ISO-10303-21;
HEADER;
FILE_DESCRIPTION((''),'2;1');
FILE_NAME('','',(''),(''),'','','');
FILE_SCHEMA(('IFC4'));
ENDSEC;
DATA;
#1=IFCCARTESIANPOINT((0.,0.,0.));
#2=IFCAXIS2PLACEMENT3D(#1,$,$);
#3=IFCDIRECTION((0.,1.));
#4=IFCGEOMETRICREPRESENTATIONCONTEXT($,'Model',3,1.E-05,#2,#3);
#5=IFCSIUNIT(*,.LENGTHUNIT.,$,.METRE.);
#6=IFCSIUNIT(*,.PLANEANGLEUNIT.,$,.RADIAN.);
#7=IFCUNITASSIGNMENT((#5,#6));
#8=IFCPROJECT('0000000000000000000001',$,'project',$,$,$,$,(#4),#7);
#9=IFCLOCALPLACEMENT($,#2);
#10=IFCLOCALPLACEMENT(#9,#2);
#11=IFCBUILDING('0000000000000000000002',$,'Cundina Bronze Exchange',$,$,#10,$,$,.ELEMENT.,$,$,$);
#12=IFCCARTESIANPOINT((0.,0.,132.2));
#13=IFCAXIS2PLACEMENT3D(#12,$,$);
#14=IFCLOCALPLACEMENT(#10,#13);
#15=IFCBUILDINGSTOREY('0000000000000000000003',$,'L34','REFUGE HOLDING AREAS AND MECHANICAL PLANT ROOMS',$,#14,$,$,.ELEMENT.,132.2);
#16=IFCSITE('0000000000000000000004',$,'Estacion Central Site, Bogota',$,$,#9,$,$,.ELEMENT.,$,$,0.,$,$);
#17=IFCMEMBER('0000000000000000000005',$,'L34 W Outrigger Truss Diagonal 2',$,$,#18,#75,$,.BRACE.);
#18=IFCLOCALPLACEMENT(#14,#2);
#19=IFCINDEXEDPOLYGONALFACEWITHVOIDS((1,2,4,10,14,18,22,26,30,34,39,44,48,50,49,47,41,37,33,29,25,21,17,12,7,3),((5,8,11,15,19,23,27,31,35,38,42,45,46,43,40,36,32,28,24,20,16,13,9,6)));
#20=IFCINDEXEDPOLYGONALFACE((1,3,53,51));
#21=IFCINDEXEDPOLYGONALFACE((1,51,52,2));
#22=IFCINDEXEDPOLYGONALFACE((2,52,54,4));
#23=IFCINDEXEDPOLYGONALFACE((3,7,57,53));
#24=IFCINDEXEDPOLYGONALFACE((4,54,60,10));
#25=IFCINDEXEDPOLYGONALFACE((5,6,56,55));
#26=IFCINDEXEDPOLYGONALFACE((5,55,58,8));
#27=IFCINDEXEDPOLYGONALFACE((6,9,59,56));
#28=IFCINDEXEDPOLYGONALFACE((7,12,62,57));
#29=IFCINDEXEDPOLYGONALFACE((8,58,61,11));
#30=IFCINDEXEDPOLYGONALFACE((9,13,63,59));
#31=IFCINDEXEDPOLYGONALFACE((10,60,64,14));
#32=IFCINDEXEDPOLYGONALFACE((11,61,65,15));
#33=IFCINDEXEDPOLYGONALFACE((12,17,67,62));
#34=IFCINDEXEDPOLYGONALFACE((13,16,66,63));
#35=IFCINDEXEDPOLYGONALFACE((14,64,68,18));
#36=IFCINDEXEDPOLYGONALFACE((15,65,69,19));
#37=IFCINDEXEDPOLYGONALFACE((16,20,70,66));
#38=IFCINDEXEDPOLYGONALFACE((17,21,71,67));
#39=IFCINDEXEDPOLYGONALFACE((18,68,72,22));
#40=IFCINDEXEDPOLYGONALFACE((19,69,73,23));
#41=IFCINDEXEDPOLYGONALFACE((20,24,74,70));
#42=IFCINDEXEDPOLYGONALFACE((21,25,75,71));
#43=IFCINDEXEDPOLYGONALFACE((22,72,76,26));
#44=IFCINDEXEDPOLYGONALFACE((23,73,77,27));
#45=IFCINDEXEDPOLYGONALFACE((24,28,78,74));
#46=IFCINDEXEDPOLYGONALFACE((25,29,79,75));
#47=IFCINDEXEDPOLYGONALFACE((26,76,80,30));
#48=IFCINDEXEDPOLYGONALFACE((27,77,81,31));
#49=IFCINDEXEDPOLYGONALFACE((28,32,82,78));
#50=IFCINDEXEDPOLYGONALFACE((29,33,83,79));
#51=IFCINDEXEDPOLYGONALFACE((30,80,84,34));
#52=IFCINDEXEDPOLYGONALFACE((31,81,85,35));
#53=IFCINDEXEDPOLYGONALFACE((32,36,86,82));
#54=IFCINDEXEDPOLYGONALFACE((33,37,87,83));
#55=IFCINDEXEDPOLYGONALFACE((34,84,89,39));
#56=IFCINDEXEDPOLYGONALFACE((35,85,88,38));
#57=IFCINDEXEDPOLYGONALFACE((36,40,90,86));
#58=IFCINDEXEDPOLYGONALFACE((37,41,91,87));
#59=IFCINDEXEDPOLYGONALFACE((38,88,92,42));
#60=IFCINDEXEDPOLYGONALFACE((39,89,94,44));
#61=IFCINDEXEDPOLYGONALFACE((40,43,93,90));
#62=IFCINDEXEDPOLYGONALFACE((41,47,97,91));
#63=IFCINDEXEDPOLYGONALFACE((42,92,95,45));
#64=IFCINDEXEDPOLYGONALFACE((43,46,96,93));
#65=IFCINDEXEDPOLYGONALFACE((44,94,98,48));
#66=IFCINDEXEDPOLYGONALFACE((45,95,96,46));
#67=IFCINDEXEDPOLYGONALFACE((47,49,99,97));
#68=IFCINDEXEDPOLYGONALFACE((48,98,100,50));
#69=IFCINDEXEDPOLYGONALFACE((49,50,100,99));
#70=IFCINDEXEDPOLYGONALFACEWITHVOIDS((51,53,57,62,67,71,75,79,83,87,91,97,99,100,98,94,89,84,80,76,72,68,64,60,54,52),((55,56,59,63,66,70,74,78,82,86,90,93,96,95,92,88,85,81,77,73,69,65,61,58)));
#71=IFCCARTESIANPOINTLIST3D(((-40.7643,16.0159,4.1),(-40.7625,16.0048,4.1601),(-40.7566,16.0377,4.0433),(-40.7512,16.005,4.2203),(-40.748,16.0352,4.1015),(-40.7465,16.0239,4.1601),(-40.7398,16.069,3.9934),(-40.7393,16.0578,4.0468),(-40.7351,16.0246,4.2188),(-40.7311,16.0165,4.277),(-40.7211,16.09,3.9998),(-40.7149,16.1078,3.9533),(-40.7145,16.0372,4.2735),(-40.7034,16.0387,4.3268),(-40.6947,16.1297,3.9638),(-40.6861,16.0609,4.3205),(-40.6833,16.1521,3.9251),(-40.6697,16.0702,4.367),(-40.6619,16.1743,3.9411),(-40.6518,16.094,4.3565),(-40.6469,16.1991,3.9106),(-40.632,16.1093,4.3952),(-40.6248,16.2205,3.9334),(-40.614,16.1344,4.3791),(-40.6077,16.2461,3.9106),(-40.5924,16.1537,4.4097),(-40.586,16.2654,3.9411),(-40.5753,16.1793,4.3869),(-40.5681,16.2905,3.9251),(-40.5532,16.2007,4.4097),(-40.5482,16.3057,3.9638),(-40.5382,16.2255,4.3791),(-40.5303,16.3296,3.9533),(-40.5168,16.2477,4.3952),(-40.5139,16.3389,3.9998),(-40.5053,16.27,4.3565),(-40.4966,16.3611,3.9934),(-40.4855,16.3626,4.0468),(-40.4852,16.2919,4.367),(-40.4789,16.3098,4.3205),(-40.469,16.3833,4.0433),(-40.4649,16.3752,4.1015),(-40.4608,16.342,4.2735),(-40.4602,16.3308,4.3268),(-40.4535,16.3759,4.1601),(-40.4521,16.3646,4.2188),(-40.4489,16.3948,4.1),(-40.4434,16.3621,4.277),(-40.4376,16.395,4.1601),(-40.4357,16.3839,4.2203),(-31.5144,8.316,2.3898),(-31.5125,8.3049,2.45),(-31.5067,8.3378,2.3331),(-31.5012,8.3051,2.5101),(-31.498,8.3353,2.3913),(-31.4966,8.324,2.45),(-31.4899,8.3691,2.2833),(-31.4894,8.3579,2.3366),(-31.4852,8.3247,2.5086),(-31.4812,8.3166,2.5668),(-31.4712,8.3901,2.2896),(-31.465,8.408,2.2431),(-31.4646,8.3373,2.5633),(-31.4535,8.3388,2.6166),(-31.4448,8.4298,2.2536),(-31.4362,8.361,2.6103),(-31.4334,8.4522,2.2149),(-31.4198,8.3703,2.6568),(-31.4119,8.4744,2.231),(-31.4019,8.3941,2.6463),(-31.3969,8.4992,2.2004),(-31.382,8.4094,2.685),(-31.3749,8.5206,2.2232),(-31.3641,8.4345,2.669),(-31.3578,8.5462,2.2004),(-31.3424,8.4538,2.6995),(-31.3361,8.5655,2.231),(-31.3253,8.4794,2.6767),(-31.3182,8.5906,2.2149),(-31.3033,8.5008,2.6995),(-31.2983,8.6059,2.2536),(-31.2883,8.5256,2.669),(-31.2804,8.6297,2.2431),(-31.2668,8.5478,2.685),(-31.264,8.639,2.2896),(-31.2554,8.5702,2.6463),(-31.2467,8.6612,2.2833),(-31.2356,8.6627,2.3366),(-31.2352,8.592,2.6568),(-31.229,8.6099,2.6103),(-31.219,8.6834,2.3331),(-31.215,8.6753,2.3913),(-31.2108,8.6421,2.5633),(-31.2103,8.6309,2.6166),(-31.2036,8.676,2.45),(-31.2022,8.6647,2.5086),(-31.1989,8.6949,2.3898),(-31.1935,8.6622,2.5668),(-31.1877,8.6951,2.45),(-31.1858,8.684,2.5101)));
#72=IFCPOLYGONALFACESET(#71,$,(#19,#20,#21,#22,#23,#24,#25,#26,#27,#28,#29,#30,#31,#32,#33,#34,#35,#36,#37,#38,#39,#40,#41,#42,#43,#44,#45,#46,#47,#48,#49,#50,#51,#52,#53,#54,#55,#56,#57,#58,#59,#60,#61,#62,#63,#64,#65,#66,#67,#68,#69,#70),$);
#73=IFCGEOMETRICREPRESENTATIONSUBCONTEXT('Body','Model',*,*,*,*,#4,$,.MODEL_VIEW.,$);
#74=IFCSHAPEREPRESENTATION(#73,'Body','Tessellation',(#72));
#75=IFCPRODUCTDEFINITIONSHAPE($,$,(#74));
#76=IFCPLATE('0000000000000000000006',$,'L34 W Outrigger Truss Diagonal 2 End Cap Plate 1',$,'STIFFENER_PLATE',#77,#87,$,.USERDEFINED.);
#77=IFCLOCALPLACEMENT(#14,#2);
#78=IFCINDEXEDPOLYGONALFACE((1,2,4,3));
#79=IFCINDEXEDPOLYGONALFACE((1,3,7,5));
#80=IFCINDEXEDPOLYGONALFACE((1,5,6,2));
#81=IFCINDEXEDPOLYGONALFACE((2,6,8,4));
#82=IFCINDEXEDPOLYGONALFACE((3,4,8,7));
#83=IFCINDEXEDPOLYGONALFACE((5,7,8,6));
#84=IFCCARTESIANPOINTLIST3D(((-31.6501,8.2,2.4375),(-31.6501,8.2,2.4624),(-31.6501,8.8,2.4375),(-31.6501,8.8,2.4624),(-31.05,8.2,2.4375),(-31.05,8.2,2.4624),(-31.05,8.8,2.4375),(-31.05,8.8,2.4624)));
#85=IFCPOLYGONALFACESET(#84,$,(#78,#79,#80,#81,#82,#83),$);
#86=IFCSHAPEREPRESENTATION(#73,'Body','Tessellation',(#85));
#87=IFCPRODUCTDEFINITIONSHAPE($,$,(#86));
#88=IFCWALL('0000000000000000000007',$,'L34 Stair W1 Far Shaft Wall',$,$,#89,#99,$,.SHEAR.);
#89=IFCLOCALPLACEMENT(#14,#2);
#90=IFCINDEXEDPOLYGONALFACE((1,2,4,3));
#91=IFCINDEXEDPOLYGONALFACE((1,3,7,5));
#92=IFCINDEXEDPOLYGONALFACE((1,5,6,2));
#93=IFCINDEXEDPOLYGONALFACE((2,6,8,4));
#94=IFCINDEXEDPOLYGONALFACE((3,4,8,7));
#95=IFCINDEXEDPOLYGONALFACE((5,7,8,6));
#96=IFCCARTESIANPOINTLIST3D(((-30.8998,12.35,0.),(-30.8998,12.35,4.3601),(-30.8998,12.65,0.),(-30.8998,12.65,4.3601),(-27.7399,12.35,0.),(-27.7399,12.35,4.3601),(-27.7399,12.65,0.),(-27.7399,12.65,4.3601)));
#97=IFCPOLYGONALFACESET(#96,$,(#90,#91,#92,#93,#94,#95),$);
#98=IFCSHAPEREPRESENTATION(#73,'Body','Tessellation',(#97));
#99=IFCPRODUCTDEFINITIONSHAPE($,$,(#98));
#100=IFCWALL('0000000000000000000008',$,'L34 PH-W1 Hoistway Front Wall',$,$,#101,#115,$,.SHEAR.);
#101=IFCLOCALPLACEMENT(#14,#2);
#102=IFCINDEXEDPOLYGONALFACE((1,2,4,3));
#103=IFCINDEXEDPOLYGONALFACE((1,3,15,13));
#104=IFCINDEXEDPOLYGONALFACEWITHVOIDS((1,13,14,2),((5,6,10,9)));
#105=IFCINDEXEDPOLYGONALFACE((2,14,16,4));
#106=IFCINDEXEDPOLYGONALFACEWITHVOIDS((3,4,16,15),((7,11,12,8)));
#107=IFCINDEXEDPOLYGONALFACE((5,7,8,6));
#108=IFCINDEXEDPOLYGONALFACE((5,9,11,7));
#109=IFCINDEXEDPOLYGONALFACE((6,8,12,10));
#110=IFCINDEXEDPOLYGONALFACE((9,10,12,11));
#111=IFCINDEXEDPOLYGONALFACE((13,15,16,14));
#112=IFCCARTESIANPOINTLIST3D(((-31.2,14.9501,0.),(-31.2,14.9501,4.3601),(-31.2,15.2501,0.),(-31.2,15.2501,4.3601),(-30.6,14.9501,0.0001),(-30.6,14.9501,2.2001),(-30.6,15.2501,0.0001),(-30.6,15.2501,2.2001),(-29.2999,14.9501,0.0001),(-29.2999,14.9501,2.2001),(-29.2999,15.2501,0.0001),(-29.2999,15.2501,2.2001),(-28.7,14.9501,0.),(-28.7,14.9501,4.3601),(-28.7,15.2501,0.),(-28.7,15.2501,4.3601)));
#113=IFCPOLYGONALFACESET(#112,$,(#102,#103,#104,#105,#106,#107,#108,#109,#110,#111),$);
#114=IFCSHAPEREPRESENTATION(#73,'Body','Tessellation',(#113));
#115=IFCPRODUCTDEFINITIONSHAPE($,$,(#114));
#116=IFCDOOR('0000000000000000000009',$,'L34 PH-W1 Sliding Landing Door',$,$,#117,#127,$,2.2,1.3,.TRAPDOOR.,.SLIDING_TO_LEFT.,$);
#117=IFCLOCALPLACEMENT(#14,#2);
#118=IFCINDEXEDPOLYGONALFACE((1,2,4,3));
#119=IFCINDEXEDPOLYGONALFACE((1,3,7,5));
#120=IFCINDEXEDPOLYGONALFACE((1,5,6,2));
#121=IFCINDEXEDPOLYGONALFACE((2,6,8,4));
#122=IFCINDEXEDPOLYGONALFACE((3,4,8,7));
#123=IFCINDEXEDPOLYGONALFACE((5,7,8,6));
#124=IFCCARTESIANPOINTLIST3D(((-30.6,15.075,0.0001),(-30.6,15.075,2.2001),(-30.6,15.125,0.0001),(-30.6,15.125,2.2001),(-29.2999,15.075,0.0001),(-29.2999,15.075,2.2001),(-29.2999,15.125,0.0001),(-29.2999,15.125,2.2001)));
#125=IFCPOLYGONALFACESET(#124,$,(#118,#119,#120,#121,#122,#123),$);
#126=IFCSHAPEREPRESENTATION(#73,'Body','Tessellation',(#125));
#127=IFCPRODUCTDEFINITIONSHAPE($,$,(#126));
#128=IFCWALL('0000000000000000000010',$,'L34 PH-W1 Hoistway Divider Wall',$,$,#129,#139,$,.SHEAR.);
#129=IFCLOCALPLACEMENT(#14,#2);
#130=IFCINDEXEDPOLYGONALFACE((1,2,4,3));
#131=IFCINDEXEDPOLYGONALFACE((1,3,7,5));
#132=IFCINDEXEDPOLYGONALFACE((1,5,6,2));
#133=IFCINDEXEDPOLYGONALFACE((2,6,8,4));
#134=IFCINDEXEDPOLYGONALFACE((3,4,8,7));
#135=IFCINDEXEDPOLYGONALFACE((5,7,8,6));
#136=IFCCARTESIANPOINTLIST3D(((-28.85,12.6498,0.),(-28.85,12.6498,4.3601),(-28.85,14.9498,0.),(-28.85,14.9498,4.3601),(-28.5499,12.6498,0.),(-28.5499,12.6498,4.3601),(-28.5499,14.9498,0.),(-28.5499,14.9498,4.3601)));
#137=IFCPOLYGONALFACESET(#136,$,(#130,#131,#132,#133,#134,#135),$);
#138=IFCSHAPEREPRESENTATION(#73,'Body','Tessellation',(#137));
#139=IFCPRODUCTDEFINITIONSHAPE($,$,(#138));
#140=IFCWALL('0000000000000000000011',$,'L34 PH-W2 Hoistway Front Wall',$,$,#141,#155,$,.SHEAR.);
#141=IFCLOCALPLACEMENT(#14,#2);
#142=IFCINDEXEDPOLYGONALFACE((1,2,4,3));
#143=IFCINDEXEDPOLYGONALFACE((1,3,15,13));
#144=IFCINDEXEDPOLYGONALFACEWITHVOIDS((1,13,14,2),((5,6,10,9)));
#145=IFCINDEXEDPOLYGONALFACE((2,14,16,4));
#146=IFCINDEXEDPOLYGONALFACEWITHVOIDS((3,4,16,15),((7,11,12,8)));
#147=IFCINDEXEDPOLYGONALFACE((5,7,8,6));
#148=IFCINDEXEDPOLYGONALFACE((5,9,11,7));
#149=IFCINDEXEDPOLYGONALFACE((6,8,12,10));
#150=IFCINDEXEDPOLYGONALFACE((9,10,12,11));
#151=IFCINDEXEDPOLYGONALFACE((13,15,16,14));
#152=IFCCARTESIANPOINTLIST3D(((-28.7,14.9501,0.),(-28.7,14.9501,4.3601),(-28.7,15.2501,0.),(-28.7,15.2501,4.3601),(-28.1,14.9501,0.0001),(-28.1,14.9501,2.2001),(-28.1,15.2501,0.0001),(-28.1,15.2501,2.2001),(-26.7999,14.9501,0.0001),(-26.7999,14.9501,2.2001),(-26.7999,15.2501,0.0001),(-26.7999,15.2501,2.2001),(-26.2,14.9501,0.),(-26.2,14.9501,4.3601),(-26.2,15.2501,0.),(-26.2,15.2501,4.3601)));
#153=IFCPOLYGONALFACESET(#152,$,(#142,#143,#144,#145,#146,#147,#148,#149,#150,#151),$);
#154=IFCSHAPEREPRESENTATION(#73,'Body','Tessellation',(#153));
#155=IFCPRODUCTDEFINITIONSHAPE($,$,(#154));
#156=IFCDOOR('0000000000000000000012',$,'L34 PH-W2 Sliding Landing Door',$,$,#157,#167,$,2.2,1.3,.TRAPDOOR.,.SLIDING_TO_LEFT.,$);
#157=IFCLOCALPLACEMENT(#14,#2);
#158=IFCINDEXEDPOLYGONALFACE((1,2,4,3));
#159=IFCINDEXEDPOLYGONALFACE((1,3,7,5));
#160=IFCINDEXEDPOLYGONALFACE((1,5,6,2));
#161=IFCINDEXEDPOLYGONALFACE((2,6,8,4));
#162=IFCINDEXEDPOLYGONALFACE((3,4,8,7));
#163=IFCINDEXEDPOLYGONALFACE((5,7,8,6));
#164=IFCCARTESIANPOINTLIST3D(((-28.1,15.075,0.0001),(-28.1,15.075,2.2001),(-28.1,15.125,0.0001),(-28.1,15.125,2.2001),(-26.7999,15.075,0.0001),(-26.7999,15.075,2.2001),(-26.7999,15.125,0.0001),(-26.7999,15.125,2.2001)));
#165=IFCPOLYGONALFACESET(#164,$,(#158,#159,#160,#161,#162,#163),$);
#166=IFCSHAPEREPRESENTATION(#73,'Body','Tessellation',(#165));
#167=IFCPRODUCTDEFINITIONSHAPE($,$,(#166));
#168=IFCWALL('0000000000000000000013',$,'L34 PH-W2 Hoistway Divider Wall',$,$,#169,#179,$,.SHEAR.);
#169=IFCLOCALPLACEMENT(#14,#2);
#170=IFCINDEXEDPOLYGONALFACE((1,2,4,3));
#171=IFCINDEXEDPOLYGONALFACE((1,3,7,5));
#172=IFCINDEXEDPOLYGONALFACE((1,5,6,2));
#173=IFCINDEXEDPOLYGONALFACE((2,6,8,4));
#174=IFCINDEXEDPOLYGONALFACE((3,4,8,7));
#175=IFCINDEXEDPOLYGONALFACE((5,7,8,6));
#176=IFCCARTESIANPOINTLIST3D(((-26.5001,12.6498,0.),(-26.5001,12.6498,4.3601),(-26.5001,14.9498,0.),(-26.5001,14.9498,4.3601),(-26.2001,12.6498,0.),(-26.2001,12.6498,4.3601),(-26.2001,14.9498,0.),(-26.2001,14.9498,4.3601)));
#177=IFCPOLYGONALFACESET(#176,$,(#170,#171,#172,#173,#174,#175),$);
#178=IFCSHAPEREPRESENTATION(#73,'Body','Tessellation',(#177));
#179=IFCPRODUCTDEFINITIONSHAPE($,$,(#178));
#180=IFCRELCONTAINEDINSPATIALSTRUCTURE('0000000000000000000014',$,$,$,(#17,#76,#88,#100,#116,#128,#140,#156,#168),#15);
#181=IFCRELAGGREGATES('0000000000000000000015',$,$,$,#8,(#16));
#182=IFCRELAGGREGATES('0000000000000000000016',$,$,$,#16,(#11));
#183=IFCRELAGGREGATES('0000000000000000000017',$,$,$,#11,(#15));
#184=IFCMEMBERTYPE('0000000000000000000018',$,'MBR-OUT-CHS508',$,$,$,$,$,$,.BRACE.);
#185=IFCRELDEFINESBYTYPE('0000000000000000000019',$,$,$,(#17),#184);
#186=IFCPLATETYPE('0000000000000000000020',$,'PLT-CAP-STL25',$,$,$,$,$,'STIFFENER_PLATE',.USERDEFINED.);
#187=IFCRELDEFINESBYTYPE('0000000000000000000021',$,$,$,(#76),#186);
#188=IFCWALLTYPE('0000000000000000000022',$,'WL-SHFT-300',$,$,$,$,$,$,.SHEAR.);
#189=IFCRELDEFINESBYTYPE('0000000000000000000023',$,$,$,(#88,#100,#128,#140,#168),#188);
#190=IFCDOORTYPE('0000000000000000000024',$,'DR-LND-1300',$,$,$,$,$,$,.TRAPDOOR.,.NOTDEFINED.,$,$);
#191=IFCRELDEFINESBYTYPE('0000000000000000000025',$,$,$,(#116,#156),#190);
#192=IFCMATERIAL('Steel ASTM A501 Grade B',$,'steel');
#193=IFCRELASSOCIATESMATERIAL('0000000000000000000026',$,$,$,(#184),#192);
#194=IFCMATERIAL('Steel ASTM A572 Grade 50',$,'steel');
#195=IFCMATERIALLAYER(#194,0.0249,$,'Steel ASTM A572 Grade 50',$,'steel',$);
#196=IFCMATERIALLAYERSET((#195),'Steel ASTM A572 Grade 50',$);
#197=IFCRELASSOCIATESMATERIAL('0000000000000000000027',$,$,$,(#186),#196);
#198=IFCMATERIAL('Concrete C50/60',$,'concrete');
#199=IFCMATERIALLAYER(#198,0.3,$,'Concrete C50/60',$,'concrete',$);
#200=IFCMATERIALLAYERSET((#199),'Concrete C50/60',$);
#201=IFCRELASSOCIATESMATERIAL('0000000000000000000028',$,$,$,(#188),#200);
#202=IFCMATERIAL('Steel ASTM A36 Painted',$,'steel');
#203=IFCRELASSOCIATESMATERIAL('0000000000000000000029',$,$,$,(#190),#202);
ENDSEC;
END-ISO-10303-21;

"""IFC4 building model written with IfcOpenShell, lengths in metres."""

from ifc_helpers import new_model, si_unit, direction, frame, frame_2d, origin, origin_2d, place, context, subcontext, project, spatial, rectangle, hollow_circle, extrude, material, layer, layer_set, material_profile, profile_set, type_object, element, fill, save


model = new_model("IFC4")

# Units and contexts
model_context = context("Model", 3, precision=1e-05, world=origin(), true_north=direction((0.0, 1.0)))
body_context = subcontext(model_context, "Body", "Model", "MODEL_VIEW")
ifc_project = project(units=[si_unit("LENGTHUNIT", "METRE"), si_unit("PLANEANGLEUNIT", "RADIAN")], contexts=[model_context])

# Site, building, storey
site_placement = place(None, origin())
site = spatial("IfcSite", under=ifc_project, at=site_placement, Name="Estacion Central Site, Bogota", CompositionType="ELEMENT", RefElevation=0.0)
building_placement = place(site_placement, origin())
building = spatial("IfcBuilding", under=site, at=building_placement, Name="Cundina Bronze Exchange", CompositionType="ELEMENT")
storey_placement = place(building_placement, frame((0.0, 0.0, 132.2)))
storey = spatial("IfcBuildingStorey", under=building, at=storey_placement, Name="L34", Description="REFUGE HOLDING AREAS AND MECHANICAL PLANT ROOMS", CompositionType="ELEMENT", Elevation=132.2)

# Member
ifc_material_1 = material(Name="Steel ASTM A501 Grade B", Category="steel")
ifc_material_profile_1 = material_profile(ifc_material_1, hollow_circle(Radius=0.2539, WallThickness=0.0249, at=origin_2d()), Name="CHS508X25", Category="steel")
ifc_profile_set_1 = profile_set([ifc_material_profile_1], Name="Steel ASTM A501 Grade B")
member_type_1 = type_object("IfcMemberType", Name="MBR-OUT-CHS508", PredefinedType="BRACE", material=ifc_profile_set_1)
member_1_placement = place(storey_placement, frame((-31.3501, 8.5, 2.45), z_axis=(-0.76092, 0.63341, 0.140684), x_axis=(-0.639773, -0.768564, 0.0)))
element("IfcMember", 1, at=member_1_placement, inside=storey, type_object=member_type_1, Name="L34 W Outrigger Truss Diagonal 2", PredefinedType="BRACE", context=body_context, shape_type="SweptSolid", body=[
    extrude(hollow_circle(Radius=0.2539, WallThickness=0.0249, at=origin_2d()), origin(), (0.0, 0.0, 1.0), 12.1562),
])

# Plate
ifc_material_2 = material(Name="Steel ASTM A572 Grade 50", Category="steel")
ifc_layer_1 = layer(ifc_material_2, 0.0249, Name="Steel ASTM A572 Grade 50", Category="steel")
ifc_layer_set_1 = layer_set([ifc_layer_1], Name="Steel ASTM A572 Grade 50")
plate_type = type_object("IfcPlateType", Name="PLT-CAP-STL25", ElementType="STIFFENER_PLATE", PredefinedType="USERDEFINED", material=ifc_layer_set_1)
plate_placement = place(storey_placement, frame((-31.3501, 8.5, 2.4375), z_axis=(0.0, 0.0, 1.0), x_axis=(1.0, 0.0, 0.0)))
element("IfcPlate", 2, at=plate_placement, inside=storey, type_object=plate_type, Name="L34 W Outrigger Truss Diagonal 2 End Cap Plate 1", ObjectType="STIFFENER_PLATE", PredefinedType="USERDEFINED", context=body_context, shape_type="SweptSolid", body=[
    extrude(rectangle(XDim=0.6001, YDim=0.6001, at=origin_2d()), origin(), (0.0, 0.0, 1.0), 0.0249),
])

# Wall
ifc_material_3 = material(Name="Concrete C50/60", Category="concrete")
ifc_layer_2 = layer(ifc_material_3, 0.3, Name="Concrete C50/60", Category="concrete")
ifc_layer_set_2 = layer_set([ifc_layer_2], Name="Concrete C50/60")
wall_type = type_object("IfcWallType", Name="WL-SHFT-300", PredefinedType="SHEAR", material=ifc_layer_set_2)
wall_1_placement = place(storey_placement, frame((-30.8999, 12.5, 0.0), z_axis=(0.0, 0.0, 1.0), x_axis=(1.0, 0.0, 0.0)))
element("IfcWall", 3, at=wall_1_placement, inside=storey, type_object=wall_type, Name="L34 Stair W1 Far Shaft Wall", PredefinedType="SHEAR", context=body_context, shape_type="SweptSolid", body=[
    extrude(rectangle(XDim=3.1599, YDim=0.3, at=frame_2d((1.5801, 0.0))), origin(), (0.0, 0.0, 1.0), 4.3601),
])

# Wall, opening, door
ifc_material_4 = material(Name="Steel ASTM A36 Painted", Category="steel")
wall_2_placement = place(storey_placement, frame((-31.2, 15.1001, 0.0), z_axis=(0.0, 0.0, 1.0), x_axis=(1.0, 0.0, 0.0)))
wall_2 = element("IfcWall", 4, at=wall_2_placement, inside=storey, type_object=wall_type, Name="L34 PH-W1 Hoistway Front Wall", PredefinedType="SHEAR", context=body_context, shape_type="SweptSolid", body=[
    extrude(rectangle(XDim=2.5, YDim=0.3, at=frame_2d((1.25, 0.0))), origin(), (0.0, 0.0, 1.0), 4.3601),
])
opening_1_placement = place(wall_2_placement, frame((0.6001, 0.0, 0.0)))
opening_1 = element("IfcOpeningElement", 5, at=opening_1_placement, cuts=wall_2, PredefinedType="OPENING", context=body_context, shape_type="SweptSolid", body=[
    extrude(rectangle(XDim=1.3, YDim=2.2, at=frame_2d((0.6499, 1.1001))), frame((0.0, 0.1599, 0.0), z_axis=(0.0, -1.0, 0.0), x_axis=(1.0, 0.0, 0.0)), (0.0, 0.0, 1.0), 0.3201),
])
door_type_1 = type_object("IfcDoorType", Name="DR-LND-1300", OperationType="NOTDEFINED", PredefinedType="TRAPDOOR", material=ifc_material_4)
door_1_placement = place(opening_1_placement, origin())
door_1 = element("IfcDoor", 6, at=door_1_placement, inside=storey, type_object=door_type_1, Name="L34 PH-W1 Sliding Landing Door", OperationType="SLIDING_TO_LEFT", OverallHeight=2.2, OverallWidth=1.3, PredefinedType="TRAPDOOR", context=body_context, shape_type="SweptSolid", body=[
    extrude(rectangle(XDim=1.3, YDim=2.2, at=frame_2d((0.6499, 1.1001))), frame((0.0, 0.0249, 0.0), z_axis=(0.0, -1.0, 0.0), x_axis=(1.0, 0.0, 0.0)), (0.0, 0.0, 1.0), 0.05),
])
fill(opening_1, door_1)

# Wall
wall_3_placement = place(storey_placement, frame((-28.7, 12.6499, 0.0), z_axis=(0.0, 0.0, 1.0), x_axis=(0.0, 1.0, 0.0)))
element("IfcWall", 7, at=wall_3_placement, inside=storey, type_object=wall_type, Name="L34 PH-W1 Hoistway Divider Wall", PredefinedType="SHEAR", context=body_context, shape_type="SweptSolid", body=[
    extrude(rectangle(XDim=2.3, YDim=0.3, at=frame_2d((1.1499, 0.0))), origin(), (0.0, 0.0, 1.0), 4.3601),
])

# Wall, opening, door
wall_4_placement = place(storey_placement, frame((-28.7, 15.1001, 0.0), z_axis=(0.0, 0.0, 1.0), x_axis=(1.0, 0.0, 0.0)))
wall_4 = element("IfcWall", 8, at=wall_4_placement, inside=storey, type_object=wall_type, Name="L34 PH-W2 Hoistway Front Wall", PredefinedType="SHEAR", context=body_context, shape_type="SweptSolid", body=[
    extrude(rectangle(XDim=2.5, YDim=0.3, at=frame_2d((1.25, 0.0))), origin(), (0.0, 0.0, 1.0), 4.3601),
])
opening_2_placement = place(wall_4_placement, frame((0.6001, 0.0, 0.0)))
opening_2 = element("IfcOpeningElement", 9, at=opening_2_placement, cuts=wall_4, PredefinedType="OPENING", context=body_context, shape_type="SweptSolid", body=[
    extrude(rectangle(XDim=1.3, YDim=2.2, at=frame_2d((0.6499, 1.1001))), frame((0.0, 0.1599, 0.0), z_axis=(0.0, -1.0, 0.0), x_axis=(1.0, 0.0, 0.0)), (0.0, 0.0, 1.0), 0.3201),
])
door_2_placement = place(opening_2_placement, origin())
door_2 = element("IfcDoor", 10, at=door_2_placement, inside=storey, type_object=door_type_1, Name="L34 PH-W2 Sliding Landing Door", OperationType="SLIDING_TO_LEFT", OverallHeight=2.2, OverallWidth=1.3, PredefinedType="TRAPDOOR", context=body_context, shape_type="SweptSolid", body=[
    extrude(rectangle(XDim=1.3, YDim=2.2, at=frame_2d((0.6499, 1.1001))), frame((0.0, 0.0249, 0.0), z_axis=(0.0, -1.0, 0.0), x_axis=(1.0, 0.0, 0.0)), (0.0, 0.0, 1.0), 0.05),
])
fill(opening_2, door_2)

# Wall
wall_5_placement = place(storey_placement, frame((-26.3501, 12.6499, 0.0), z_axis=(0.0, 0.0, 1.0), x_axis=(0.0, 1.0, 0.0)))
element("IfcWall", 11, at=wall_5_placement, inside=storey, type_object=wall_type, Name="L34 PH-W2 Hoistway Divider Wall", PredefinedType="SHEAR", context=body_context, shape_type="SweptSolid", body=[
    extrude(rectangle(XDim=2.3, YDim=0.3, at=frame_2d((1.1499, 0.0))), origin(), (0.0, 0.0, 1.0), 4.3601),
])

save(model, "model.ifc")
